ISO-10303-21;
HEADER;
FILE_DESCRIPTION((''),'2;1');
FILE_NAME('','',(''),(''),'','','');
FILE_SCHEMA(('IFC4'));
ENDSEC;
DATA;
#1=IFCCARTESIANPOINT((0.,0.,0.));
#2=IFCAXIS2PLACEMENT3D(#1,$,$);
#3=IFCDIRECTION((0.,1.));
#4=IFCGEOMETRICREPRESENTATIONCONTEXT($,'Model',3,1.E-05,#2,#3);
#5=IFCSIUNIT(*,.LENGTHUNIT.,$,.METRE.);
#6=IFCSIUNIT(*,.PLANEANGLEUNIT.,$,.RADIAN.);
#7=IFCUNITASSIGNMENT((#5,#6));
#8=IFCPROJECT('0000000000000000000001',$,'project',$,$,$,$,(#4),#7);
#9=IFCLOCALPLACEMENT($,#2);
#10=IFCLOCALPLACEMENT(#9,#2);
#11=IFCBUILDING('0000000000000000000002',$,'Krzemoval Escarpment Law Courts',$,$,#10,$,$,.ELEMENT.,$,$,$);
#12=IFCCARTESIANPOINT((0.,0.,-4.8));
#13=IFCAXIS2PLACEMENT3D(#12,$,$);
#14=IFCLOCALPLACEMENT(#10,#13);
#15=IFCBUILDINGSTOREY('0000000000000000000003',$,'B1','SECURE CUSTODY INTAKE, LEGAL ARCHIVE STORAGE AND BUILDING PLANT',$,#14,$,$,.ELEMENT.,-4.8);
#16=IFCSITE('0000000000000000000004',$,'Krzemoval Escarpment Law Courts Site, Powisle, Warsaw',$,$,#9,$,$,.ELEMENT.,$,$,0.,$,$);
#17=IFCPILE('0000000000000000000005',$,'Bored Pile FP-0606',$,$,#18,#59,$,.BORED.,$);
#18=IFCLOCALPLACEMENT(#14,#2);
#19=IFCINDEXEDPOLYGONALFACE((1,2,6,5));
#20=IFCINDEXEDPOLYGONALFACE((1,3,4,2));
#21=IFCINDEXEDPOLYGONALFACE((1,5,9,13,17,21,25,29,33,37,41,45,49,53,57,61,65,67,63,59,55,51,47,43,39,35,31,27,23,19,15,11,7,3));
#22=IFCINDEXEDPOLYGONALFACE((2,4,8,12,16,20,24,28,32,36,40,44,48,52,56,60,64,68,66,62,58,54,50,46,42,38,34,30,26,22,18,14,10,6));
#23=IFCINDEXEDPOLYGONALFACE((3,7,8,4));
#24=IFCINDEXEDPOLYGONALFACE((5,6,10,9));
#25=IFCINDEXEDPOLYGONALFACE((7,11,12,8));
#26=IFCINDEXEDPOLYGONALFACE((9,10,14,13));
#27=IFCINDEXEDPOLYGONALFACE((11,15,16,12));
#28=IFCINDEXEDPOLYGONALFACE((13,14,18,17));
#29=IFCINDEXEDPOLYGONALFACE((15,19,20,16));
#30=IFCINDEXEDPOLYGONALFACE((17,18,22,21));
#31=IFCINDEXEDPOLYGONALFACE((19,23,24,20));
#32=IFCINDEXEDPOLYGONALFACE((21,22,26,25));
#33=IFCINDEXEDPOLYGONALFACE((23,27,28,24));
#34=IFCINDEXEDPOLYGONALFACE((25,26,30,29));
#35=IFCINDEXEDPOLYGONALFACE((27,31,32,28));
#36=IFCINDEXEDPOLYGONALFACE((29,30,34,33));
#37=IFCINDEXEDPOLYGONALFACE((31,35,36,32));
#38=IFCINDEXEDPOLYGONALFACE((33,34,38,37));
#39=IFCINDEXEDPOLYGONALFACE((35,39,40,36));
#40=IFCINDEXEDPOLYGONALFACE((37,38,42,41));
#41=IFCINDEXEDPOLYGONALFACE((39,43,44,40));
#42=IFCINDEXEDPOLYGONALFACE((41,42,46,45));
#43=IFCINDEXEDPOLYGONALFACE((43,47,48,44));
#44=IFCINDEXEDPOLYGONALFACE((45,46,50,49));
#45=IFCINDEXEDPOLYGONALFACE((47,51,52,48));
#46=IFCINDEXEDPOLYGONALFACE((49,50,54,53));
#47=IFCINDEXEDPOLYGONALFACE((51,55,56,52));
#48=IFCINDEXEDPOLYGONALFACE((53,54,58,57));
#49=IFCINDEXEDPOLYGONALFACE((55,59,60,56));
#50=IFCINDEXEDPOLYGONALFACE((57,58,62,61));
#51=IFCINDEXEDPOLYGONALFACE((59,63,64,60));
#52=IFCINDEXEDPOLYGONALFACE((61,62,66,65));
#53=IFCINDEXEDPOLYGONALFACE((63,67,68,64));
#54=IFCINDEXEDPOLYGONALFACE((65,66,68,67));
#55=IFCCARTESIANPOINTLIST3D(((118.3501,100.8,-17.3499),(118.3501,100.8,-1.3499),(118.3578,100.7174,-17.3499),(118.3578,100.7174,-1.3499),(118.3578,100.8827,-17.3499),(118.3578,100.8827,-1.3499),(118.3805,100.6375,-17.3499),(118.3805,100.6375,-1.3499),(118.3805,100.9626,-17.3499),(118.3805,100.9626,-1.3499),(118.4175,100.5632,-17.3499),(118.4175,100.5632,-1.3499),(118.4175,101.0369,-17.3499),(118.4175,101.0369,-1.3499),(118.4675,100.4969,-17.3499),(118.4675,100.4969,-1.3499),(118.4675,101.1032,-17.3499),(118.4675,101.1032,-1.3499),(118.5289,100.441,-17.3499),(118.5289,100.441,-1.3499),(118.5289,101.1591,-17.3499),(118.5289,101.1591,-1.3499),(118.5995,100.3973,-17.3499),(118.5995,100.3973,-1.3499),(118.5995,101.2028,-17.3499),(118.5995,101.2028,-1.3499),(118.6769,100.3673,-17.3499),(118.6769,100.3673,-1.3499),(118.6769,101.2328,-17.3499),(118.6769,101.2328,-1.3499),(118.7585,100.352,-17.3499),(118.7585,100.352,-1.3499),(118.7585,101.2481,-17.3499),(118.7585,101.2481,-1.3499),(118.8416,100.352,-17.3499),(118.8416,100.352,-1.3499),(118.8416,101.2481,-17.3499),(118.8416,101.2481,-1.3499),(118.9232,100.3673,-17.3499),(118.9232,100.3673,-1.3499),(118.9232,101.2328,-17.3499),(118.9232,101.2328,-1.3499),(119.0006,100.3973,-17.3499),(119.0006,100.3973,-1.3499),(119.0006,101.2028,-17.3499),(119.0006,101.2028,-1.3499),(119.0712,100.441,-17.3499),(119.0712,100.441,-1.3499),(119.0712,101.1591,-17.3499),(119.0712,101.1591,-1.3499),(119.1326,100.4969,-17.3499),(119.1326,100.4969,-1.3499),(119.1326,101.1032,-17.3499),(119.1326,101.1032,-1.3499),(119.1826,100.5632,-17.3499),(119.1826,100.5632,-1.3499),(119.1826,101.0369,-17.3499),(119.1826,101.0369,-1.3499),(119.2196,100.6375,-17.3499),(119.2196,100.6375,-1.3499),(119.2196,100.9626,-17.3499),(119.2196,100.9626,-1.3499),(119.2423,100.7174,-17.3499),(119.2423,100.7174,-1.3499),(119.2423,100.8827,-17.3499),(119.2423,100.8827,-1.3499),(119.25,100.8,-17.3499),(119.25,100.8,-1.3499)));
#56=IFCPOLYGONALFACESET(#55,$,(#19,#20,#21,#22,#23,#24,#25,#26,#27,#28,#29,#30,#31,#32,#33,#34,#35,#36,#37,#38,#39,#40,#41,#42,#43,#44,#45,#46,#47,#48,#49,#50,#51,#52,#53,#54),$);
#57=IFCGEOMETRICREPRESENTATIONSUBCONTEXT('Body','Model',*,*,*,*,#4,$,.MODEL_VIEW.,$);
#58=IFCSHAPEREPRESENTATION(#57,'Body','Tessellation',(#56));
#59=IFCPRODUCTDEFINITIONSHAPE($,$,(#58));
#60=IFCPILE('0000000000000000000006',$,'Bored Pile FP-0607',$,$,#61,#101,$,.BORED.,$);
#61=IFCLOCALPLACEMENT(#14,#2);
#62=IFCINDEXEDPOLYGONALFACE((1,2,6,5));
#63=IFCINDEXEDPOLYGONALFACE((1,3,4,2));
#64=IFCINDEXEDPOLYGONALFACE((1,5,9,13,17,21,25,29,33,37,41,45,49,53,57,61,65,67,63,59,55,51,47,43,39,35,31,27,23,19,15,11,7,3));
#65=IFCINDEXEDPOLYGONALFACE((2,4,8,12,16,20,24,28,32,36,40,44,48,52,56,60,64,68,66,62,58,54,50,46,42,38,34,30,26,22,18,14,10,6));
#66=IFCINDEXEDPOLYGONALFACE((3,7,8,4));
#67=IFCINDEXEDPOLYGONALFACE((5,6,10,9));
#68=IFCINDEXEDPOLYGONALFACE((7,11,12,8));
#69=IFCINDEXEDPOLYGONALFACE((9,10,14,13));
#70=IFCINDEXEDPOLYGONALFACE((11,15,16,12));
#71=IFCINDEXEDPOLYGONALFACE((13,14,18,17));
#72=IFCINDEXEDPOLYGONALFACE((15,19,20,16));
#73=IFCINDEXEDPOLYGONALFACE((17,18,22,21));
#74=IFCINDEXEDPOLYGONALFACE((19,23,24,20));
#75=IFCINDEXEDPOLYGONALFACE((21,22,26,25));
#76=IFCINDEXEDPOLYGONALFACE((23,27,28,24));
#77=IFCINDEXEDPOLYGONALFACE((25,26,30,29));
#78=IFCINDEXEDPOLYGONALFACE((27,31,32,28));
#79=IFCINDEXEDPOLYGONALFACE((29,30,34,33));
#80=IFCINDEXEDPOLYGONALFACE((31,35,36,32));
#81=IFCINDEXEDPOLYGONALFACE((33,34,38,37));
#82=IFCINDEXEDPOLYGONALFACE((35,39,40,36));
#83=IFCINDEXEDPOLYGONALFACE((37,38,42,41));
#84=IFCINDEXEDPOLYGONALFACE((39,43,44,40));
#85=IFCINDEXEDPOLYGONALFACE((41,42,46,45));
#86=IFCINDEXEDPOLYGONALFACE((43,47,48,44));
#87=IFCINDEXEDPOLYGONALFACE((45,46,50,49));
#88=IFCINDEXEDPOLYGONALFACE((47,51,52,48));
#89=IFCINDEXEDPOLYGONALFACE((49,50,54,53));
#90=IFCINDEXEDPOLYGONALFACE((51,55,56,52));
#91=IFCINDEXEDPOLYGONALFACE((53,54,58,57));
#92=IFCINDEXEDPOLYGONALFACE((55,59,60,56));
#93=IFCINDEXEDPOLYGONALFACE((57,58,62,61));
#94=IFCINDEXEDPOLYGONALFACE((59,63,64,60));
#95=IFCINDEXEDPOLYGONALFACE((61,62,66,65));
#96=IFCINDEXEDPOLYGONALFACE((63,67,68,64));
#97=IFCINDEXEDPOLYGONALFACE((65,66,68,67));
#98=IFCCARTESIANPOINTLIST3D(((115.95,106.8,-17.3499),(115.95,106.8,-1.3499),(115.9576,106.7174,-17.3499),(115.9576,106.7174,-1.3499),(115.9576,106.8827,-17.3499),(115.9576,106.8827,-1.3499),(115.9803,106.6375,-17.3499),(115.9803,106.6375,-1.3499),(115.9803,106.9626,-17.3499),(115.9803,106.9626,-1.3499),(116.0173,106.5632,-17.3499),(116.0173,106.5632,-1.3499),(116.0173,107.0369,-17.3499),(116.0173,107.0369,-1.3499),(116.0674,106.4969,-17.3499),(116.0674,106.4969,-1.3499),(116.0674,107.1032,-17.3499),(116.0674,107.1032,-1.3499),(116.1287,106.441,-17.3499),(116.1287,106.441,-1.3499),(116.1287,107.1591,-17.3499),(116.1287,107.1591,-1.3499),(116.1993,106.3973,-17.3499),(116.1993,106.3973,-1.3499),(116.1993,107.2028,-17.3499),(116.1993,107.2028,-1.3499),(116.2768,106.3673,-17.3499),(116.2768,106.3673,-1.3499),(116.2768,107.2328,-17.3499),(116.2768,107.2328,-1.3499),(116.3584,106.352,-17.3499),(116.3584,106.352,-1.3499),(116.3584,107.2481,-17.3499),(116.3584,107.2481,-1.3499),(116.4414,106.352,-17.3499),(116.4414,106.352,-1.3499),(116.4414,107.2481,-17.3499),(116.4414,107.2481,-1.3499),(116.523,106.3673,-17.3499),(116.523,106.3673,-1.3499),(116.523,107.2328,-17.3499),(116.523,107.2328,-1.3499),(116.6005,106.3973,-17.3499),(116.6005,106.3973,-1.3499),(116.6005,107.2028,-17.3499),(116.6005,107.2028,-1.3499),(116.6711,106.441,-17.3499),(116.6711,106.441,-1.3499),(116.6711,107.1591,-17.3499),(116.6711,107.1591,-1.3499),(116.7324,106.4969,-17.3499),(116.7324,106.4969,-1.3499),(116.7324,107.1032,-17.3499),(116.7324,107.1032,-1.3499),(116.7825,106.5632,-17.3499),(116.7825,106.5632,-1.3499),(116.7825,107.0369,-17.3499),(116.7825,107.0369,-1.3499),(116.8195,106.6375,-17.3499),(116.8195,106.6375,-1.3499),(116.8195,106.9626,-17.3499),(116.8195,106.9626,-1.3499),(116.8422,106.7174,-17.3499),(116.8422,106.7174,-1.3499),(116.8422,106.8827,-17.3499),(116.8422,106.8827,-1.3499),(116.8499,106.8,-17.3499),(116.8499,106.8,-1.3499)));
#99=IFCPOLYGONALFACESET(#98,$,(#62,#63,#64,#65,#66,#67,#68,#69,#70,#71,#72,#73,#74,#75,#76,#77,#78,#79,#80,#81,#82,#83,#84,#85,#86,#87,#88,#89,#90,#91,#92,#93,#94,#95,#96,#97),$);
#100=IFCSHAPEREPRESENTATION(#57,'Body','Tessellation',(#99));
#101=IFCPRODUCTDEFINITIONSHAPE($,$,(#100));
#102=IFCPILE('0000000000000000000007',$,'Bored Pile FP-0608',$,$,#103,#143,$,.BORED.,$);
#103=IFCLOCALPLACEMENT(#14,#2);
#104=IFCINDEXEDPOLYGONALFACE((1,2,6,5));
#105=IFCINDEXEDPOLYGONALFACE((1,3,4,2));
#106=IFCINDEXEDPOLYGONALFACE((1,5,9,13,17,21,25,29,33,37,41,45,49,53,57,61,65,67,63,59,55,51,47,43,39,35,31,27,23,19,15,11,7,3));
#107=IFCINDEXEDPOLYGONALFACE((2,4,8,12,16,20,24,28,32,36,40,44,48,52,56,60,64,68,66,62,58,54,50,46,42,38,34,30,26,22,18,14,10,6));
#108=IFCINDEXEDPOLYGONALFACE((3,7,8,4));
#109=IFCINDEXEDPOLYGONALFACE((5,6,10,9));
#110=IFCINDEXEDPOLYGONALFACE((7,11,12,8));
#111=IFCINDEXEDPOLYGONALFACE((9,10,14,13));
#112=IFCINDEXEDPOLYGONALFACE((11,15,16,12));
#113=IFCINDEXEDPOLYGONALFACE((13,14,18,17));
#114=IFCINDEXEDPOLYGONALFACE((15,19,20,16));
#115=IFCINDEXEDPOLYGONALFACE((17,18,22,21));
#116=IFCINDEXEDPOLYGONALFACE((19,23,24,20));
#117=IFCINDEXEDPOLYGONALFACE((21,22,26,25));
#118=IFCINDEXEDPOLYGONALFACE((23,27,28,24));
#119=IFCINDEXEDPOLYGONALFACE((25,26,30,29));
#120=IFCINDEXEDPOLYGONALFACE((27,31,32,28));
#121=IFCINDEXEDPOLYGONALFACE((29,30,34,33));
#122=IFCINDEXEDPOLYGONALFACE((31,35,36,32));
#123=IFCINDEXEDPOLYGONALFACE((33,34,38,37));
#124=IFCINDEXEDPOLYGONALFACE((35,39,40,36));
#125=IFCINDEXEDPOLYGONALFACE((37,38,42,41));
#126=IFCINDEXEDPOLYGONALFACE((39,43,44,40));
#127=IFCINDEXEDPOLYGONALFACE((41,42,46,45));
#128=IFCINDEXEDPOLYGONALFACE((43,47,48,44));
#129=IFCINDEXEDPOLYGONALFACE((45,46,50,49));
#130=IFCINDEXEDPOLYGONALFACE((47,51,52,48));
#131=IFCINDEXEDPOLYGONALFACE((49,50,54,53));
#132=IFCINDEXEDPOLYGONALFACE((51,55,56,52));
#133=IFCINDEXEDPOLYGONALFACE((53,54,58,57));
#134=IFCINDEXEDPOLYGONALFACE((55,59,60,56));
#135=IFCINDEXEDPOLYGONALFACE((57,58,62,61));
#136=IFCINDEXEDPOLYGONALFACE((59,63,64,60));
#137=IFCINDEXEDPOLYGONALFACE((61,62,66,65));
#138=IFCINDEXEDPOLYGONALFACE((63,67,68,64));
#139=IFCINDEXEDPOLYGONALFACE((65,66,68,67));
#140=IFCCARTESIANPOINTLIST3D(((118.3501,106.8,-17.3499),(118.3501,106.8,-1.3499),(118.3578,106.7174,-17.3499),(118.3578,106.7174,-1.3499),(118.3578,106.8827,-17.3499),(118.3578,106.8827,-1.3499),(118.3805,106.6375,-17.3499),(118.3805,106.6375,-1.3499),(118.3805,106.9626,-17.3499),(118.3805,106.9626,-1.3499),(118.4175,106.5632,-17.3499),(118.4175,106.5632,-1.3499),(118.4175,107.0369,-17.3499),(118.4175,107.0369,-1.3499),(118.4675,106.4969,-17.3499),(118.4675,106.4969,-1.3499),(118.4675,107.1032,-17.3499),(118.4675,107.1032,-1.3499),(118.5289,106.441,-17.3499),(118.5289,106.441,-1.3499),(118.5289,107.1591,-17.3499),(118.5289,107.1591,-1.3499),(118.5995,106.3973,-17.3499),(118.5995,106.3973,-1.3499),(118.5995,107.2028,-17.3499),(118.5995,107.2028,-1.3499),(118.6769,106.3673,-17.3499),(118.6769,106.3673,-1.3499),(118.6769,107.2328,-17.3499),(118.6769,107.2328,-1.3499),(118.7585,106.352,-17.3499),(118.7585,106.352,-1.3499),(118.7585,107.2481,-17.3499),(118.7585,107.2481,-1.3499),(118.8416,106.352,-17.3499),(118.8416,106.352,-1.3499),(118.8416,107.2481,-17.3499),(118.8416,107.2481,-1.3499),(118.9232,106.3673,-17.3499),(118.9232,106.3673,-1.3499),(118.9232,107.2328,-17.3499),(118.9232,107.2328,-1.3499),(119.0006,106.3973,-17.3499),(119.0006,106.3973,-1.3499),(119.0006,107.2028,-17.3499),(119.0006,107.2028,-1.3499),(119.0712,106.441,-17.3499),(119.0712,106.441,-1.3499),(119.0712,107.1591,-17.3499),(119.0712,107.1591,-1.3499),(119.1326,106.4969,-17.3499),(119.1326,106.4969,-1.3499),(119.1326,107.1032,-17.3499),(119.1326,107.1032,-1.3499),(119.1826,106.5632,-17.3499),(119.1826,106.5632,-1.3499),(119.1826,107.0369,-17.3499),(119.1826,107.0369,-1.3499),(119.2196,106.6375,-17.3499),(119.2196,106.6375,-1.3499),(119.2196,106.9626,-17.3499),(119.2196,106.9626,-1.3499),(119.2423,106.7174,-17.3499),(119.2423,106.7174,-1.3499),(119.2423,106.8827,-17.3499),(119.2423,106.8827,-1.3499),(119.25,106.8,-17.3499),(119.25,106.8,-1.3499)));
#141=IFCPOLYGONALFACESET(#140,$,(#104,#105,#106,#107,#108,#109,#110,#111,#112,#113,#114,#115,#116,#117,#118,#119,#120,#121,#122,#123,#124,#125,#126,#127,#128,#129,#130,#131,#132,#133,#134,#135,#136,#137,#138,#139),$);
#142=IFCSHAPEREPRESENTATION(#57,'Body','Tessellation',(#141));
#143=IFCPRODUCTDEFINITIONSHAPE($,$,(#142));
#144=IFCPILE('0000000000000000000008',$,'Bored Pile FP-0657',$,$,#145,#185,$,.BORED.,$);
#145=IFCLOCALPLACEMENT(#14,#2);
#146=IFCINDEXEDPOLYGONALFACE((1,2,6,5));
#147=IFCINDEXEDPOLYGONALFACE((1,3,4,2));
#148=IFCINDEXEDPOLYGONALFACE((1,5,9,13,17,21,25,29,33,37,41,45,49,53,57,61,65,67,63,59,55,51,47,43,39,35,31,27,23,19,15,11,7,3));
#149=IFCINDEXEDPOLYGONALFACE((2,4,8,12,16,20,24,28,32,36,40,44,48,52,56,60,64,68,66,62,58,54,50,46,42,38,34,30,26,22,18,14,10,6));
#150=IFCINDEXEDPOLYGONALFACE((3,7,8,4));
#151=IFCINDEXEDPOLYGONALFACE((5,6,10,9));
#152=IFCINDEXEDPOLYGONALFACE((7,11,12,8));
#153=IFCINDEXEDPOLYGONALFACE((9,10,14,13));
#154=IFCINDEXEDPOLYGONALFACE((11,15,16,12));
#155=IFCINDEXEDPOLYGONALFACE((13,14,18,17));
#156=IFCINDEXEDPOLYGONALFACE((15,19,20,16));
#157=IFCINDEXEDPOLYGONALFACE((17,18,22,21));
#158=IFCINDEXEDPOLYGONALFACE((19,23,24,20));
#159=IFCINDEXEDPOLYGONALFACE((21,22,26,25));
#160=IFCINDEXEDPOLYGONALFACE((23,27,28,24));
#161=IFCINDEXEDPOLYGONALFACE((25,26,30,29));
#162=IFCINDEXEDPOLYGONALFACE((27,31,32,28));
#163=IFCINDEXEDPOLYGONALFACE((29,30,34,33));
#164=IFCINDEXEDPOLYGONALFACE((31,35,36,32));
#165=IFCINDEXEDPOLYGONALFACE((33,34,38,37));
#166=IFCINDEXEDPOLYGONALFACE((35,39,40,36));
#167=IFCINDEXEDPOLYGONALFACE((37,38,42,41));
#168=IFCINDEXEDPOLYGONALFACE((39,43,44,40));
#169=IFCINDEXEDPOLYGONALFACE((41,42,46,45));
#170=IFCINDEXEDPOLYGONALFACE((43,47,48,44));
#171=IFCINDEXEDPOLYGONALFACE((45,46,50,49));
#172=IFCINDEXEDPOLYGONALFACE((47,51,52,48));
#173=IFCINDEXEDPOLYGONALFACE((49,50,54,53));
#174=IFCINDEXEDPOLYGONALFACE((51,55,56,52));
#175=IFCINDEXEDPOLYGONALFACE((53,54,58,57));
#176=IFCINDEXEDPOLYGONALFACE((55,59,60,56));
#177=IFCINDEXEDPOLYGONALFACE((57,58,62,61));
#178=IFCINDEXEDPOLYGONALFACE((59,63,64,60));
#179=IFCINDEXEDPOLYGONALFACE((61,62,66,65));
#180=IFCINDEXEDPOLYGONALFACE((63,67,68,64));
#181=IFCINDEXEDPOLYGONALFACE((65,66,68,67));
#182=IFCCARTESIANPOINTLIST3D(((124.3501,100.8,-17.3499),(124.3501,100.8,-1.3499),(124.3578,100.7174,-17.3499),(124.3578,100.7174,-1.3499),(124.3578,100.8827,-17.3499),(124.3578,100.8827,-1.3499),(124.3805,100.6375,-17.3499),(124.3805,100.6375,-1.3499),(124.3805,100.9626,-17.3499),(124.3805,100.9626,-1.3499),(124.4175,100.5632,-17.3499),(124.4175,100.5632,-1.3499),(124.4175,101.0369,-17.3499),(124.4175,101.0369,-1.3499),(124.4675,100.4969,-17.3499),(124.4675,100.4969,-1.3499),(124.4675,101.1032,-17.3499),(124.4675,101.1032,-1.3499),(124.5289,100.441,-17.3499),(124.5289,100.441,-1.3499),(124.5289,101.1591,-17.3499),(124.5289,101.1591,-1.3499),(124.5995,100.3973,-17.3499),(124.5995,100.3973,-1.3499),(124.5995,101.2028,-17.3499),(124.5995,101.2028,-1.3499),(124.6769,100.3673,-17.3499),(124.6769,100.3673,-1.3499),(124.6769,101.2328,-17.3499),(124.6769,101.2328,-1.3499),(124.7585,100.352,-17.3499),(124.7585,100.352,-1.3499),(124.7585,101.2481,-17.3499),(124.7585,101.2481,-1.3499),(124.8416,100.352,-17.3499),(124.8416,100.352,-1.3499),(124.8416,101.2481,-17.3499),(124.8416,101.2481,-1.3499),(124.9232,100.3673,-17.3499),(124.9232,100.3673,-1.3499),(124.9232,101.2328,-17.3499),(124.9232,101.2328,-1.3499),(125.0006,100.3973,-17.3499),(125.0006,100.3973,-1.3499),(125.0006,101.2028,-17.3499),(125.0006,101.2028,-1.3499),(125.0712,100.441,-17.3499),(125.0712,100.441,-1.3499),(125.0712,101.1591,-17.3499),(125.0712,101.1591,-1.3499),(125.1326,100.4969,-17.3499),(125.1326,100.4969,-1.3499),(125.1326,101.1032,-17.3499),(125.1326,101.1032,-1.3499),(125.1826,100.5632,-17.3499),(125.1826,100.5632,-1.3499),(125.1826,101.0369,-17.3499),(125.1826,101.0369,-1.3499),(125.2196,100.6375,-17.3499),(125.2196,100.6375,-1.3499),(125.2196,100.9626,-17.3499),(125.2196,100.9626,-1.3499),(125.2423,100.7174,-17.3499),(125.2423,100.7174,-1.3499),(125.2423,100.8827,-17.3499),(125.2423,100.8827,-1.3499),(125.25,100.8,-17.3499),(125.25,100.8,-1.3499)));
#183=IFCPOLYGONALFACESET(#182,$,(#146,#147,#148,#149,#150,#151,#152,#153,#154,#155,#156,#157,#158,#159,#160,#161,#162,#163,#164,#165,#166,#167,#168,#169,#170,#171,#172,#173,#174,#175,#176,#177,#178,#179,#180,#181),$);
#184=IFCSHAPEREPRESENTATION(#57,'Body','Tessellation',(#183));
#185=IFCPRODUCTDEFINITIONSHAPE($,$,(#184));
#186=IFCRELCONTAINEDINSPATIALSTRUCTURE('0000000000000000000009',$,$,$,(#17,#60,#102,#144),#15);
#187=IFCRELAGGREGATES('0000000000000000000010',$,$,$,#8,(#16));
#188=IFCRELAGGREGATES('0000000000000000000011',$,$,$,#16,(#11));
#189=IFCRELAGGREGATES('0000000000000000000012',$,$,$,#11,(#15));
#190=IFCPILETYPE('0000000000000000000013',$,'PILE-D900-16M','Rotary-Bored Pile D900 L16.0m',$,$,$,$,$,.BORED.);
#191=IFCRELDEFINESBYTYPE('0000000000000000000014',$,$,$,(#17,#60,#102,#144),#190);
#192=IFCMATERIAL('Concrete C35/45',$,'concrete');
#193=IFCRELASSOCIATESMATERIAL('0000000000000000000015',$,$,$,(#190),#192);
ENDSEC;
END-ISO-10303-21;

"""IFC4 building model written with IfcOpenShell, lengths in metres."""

from ifc_helpers import new_model, si_unit, direction, frame, origin, origin_2d, place, context, subcontext, project, spatial, circle, extrude, material, material_profile, profile_set, type_object, element, save


model = new_model("IFC4")

# Units and contexts
model_context = context("Model", 3, precision=1e-05, world=origin(), true_north=direction((0.0, 1.0)))
body_context = subcontext(model_context, "Body", "Model", "MODEL_VIEW")
ifc_project = project(units=[si_unit("LENGTHUNIT", "METRE"), si_unit("PLANEANGLEUNIT", "RADIAN")], contexts=[model_context])

# Site, building, storey
site_placement = place(None, origin())
site = spatial("IfcSite", under=ifc_project, at=site_placement, Name="Krzemoval Escarpment Law Courts Site, Powisle, Warsaw", CompositionType="ELEMENT", RefElevation=0.0)
building_placement = place(site_placement, origin())
building = spatial("IfcBuilding", under=site, at=building_placement, Name="Krzemoval Escarpment Law Courts", CompositionType="ELEMENT")
storey_placement = place(building_placement, frame((0.0, 0.0, -4.8)))
storey = spatial("IfcBuildingStorey", under=building, at=storey_placement, Name="B1", Description="SECURE CUSTODY INTAKE, LEGAL ARCHIVE STORAGE AND BUILDING PLANT", CompositionType="ELEMENT", Elevation=-4.8)

# Piles
ifc_material_1 = material(Name="Concrete C35/45", Category="concrete")
ifc_material_profile_1 = material_profile(ifc_material_1, circle(Radius=0.45, at=origin_2d()), Name="PILE D900")
ifc_profile_set_1 = profile_set([ifc_material_profile_1], Name="Concrete C35/45")
pile_type = type_object("IfcPileType", Name="PILE-D900-16M", Description="Rotary-Bored Pile D900 L16.0m", PredefinedType="BORED", material=ifc_profile_set_1)
for number, where, z_axis, x_axis, name in (
    (1, (118.8, 100.8, -1.3499), (0.0, 0.0, -1.0), (1.0, 0.0, 0.0), "Bored Pile FP-0606"),
    (2, (116.3999, 106.8, -1.3499), (0.0, 0.0, -1.0), (1.0, 0.0, 0.0), "Bored Pile FP-0607"),
    (3, (118.8, 106.8, -1.3499), (0.0, 0.0, -1.0), (1.0, 0.0, 0.0), "Bored Pile FP-0608"),
    (4, (124.8, 100.8, -1.3499), (0.0, 0.0, -1.0), (1.0, 0.0, 0.0), "Bored Pile FP-0657"),
):
    element("IfcPile", number, at=place(storey_placement, frame(where, z_axis=z_axis, x_axis=x_axis)), inside=storey, type_object=pile_type, Name=name, PredefinedType="BORED", context=body_context, shape_type="SweptSolid", body=[
        extrude(circle(Radius=0.45, at=origin_2d()), origin(), (0.0, 0.0, 1.0), 16.0),
    ])

save(model, "model.ifc")
